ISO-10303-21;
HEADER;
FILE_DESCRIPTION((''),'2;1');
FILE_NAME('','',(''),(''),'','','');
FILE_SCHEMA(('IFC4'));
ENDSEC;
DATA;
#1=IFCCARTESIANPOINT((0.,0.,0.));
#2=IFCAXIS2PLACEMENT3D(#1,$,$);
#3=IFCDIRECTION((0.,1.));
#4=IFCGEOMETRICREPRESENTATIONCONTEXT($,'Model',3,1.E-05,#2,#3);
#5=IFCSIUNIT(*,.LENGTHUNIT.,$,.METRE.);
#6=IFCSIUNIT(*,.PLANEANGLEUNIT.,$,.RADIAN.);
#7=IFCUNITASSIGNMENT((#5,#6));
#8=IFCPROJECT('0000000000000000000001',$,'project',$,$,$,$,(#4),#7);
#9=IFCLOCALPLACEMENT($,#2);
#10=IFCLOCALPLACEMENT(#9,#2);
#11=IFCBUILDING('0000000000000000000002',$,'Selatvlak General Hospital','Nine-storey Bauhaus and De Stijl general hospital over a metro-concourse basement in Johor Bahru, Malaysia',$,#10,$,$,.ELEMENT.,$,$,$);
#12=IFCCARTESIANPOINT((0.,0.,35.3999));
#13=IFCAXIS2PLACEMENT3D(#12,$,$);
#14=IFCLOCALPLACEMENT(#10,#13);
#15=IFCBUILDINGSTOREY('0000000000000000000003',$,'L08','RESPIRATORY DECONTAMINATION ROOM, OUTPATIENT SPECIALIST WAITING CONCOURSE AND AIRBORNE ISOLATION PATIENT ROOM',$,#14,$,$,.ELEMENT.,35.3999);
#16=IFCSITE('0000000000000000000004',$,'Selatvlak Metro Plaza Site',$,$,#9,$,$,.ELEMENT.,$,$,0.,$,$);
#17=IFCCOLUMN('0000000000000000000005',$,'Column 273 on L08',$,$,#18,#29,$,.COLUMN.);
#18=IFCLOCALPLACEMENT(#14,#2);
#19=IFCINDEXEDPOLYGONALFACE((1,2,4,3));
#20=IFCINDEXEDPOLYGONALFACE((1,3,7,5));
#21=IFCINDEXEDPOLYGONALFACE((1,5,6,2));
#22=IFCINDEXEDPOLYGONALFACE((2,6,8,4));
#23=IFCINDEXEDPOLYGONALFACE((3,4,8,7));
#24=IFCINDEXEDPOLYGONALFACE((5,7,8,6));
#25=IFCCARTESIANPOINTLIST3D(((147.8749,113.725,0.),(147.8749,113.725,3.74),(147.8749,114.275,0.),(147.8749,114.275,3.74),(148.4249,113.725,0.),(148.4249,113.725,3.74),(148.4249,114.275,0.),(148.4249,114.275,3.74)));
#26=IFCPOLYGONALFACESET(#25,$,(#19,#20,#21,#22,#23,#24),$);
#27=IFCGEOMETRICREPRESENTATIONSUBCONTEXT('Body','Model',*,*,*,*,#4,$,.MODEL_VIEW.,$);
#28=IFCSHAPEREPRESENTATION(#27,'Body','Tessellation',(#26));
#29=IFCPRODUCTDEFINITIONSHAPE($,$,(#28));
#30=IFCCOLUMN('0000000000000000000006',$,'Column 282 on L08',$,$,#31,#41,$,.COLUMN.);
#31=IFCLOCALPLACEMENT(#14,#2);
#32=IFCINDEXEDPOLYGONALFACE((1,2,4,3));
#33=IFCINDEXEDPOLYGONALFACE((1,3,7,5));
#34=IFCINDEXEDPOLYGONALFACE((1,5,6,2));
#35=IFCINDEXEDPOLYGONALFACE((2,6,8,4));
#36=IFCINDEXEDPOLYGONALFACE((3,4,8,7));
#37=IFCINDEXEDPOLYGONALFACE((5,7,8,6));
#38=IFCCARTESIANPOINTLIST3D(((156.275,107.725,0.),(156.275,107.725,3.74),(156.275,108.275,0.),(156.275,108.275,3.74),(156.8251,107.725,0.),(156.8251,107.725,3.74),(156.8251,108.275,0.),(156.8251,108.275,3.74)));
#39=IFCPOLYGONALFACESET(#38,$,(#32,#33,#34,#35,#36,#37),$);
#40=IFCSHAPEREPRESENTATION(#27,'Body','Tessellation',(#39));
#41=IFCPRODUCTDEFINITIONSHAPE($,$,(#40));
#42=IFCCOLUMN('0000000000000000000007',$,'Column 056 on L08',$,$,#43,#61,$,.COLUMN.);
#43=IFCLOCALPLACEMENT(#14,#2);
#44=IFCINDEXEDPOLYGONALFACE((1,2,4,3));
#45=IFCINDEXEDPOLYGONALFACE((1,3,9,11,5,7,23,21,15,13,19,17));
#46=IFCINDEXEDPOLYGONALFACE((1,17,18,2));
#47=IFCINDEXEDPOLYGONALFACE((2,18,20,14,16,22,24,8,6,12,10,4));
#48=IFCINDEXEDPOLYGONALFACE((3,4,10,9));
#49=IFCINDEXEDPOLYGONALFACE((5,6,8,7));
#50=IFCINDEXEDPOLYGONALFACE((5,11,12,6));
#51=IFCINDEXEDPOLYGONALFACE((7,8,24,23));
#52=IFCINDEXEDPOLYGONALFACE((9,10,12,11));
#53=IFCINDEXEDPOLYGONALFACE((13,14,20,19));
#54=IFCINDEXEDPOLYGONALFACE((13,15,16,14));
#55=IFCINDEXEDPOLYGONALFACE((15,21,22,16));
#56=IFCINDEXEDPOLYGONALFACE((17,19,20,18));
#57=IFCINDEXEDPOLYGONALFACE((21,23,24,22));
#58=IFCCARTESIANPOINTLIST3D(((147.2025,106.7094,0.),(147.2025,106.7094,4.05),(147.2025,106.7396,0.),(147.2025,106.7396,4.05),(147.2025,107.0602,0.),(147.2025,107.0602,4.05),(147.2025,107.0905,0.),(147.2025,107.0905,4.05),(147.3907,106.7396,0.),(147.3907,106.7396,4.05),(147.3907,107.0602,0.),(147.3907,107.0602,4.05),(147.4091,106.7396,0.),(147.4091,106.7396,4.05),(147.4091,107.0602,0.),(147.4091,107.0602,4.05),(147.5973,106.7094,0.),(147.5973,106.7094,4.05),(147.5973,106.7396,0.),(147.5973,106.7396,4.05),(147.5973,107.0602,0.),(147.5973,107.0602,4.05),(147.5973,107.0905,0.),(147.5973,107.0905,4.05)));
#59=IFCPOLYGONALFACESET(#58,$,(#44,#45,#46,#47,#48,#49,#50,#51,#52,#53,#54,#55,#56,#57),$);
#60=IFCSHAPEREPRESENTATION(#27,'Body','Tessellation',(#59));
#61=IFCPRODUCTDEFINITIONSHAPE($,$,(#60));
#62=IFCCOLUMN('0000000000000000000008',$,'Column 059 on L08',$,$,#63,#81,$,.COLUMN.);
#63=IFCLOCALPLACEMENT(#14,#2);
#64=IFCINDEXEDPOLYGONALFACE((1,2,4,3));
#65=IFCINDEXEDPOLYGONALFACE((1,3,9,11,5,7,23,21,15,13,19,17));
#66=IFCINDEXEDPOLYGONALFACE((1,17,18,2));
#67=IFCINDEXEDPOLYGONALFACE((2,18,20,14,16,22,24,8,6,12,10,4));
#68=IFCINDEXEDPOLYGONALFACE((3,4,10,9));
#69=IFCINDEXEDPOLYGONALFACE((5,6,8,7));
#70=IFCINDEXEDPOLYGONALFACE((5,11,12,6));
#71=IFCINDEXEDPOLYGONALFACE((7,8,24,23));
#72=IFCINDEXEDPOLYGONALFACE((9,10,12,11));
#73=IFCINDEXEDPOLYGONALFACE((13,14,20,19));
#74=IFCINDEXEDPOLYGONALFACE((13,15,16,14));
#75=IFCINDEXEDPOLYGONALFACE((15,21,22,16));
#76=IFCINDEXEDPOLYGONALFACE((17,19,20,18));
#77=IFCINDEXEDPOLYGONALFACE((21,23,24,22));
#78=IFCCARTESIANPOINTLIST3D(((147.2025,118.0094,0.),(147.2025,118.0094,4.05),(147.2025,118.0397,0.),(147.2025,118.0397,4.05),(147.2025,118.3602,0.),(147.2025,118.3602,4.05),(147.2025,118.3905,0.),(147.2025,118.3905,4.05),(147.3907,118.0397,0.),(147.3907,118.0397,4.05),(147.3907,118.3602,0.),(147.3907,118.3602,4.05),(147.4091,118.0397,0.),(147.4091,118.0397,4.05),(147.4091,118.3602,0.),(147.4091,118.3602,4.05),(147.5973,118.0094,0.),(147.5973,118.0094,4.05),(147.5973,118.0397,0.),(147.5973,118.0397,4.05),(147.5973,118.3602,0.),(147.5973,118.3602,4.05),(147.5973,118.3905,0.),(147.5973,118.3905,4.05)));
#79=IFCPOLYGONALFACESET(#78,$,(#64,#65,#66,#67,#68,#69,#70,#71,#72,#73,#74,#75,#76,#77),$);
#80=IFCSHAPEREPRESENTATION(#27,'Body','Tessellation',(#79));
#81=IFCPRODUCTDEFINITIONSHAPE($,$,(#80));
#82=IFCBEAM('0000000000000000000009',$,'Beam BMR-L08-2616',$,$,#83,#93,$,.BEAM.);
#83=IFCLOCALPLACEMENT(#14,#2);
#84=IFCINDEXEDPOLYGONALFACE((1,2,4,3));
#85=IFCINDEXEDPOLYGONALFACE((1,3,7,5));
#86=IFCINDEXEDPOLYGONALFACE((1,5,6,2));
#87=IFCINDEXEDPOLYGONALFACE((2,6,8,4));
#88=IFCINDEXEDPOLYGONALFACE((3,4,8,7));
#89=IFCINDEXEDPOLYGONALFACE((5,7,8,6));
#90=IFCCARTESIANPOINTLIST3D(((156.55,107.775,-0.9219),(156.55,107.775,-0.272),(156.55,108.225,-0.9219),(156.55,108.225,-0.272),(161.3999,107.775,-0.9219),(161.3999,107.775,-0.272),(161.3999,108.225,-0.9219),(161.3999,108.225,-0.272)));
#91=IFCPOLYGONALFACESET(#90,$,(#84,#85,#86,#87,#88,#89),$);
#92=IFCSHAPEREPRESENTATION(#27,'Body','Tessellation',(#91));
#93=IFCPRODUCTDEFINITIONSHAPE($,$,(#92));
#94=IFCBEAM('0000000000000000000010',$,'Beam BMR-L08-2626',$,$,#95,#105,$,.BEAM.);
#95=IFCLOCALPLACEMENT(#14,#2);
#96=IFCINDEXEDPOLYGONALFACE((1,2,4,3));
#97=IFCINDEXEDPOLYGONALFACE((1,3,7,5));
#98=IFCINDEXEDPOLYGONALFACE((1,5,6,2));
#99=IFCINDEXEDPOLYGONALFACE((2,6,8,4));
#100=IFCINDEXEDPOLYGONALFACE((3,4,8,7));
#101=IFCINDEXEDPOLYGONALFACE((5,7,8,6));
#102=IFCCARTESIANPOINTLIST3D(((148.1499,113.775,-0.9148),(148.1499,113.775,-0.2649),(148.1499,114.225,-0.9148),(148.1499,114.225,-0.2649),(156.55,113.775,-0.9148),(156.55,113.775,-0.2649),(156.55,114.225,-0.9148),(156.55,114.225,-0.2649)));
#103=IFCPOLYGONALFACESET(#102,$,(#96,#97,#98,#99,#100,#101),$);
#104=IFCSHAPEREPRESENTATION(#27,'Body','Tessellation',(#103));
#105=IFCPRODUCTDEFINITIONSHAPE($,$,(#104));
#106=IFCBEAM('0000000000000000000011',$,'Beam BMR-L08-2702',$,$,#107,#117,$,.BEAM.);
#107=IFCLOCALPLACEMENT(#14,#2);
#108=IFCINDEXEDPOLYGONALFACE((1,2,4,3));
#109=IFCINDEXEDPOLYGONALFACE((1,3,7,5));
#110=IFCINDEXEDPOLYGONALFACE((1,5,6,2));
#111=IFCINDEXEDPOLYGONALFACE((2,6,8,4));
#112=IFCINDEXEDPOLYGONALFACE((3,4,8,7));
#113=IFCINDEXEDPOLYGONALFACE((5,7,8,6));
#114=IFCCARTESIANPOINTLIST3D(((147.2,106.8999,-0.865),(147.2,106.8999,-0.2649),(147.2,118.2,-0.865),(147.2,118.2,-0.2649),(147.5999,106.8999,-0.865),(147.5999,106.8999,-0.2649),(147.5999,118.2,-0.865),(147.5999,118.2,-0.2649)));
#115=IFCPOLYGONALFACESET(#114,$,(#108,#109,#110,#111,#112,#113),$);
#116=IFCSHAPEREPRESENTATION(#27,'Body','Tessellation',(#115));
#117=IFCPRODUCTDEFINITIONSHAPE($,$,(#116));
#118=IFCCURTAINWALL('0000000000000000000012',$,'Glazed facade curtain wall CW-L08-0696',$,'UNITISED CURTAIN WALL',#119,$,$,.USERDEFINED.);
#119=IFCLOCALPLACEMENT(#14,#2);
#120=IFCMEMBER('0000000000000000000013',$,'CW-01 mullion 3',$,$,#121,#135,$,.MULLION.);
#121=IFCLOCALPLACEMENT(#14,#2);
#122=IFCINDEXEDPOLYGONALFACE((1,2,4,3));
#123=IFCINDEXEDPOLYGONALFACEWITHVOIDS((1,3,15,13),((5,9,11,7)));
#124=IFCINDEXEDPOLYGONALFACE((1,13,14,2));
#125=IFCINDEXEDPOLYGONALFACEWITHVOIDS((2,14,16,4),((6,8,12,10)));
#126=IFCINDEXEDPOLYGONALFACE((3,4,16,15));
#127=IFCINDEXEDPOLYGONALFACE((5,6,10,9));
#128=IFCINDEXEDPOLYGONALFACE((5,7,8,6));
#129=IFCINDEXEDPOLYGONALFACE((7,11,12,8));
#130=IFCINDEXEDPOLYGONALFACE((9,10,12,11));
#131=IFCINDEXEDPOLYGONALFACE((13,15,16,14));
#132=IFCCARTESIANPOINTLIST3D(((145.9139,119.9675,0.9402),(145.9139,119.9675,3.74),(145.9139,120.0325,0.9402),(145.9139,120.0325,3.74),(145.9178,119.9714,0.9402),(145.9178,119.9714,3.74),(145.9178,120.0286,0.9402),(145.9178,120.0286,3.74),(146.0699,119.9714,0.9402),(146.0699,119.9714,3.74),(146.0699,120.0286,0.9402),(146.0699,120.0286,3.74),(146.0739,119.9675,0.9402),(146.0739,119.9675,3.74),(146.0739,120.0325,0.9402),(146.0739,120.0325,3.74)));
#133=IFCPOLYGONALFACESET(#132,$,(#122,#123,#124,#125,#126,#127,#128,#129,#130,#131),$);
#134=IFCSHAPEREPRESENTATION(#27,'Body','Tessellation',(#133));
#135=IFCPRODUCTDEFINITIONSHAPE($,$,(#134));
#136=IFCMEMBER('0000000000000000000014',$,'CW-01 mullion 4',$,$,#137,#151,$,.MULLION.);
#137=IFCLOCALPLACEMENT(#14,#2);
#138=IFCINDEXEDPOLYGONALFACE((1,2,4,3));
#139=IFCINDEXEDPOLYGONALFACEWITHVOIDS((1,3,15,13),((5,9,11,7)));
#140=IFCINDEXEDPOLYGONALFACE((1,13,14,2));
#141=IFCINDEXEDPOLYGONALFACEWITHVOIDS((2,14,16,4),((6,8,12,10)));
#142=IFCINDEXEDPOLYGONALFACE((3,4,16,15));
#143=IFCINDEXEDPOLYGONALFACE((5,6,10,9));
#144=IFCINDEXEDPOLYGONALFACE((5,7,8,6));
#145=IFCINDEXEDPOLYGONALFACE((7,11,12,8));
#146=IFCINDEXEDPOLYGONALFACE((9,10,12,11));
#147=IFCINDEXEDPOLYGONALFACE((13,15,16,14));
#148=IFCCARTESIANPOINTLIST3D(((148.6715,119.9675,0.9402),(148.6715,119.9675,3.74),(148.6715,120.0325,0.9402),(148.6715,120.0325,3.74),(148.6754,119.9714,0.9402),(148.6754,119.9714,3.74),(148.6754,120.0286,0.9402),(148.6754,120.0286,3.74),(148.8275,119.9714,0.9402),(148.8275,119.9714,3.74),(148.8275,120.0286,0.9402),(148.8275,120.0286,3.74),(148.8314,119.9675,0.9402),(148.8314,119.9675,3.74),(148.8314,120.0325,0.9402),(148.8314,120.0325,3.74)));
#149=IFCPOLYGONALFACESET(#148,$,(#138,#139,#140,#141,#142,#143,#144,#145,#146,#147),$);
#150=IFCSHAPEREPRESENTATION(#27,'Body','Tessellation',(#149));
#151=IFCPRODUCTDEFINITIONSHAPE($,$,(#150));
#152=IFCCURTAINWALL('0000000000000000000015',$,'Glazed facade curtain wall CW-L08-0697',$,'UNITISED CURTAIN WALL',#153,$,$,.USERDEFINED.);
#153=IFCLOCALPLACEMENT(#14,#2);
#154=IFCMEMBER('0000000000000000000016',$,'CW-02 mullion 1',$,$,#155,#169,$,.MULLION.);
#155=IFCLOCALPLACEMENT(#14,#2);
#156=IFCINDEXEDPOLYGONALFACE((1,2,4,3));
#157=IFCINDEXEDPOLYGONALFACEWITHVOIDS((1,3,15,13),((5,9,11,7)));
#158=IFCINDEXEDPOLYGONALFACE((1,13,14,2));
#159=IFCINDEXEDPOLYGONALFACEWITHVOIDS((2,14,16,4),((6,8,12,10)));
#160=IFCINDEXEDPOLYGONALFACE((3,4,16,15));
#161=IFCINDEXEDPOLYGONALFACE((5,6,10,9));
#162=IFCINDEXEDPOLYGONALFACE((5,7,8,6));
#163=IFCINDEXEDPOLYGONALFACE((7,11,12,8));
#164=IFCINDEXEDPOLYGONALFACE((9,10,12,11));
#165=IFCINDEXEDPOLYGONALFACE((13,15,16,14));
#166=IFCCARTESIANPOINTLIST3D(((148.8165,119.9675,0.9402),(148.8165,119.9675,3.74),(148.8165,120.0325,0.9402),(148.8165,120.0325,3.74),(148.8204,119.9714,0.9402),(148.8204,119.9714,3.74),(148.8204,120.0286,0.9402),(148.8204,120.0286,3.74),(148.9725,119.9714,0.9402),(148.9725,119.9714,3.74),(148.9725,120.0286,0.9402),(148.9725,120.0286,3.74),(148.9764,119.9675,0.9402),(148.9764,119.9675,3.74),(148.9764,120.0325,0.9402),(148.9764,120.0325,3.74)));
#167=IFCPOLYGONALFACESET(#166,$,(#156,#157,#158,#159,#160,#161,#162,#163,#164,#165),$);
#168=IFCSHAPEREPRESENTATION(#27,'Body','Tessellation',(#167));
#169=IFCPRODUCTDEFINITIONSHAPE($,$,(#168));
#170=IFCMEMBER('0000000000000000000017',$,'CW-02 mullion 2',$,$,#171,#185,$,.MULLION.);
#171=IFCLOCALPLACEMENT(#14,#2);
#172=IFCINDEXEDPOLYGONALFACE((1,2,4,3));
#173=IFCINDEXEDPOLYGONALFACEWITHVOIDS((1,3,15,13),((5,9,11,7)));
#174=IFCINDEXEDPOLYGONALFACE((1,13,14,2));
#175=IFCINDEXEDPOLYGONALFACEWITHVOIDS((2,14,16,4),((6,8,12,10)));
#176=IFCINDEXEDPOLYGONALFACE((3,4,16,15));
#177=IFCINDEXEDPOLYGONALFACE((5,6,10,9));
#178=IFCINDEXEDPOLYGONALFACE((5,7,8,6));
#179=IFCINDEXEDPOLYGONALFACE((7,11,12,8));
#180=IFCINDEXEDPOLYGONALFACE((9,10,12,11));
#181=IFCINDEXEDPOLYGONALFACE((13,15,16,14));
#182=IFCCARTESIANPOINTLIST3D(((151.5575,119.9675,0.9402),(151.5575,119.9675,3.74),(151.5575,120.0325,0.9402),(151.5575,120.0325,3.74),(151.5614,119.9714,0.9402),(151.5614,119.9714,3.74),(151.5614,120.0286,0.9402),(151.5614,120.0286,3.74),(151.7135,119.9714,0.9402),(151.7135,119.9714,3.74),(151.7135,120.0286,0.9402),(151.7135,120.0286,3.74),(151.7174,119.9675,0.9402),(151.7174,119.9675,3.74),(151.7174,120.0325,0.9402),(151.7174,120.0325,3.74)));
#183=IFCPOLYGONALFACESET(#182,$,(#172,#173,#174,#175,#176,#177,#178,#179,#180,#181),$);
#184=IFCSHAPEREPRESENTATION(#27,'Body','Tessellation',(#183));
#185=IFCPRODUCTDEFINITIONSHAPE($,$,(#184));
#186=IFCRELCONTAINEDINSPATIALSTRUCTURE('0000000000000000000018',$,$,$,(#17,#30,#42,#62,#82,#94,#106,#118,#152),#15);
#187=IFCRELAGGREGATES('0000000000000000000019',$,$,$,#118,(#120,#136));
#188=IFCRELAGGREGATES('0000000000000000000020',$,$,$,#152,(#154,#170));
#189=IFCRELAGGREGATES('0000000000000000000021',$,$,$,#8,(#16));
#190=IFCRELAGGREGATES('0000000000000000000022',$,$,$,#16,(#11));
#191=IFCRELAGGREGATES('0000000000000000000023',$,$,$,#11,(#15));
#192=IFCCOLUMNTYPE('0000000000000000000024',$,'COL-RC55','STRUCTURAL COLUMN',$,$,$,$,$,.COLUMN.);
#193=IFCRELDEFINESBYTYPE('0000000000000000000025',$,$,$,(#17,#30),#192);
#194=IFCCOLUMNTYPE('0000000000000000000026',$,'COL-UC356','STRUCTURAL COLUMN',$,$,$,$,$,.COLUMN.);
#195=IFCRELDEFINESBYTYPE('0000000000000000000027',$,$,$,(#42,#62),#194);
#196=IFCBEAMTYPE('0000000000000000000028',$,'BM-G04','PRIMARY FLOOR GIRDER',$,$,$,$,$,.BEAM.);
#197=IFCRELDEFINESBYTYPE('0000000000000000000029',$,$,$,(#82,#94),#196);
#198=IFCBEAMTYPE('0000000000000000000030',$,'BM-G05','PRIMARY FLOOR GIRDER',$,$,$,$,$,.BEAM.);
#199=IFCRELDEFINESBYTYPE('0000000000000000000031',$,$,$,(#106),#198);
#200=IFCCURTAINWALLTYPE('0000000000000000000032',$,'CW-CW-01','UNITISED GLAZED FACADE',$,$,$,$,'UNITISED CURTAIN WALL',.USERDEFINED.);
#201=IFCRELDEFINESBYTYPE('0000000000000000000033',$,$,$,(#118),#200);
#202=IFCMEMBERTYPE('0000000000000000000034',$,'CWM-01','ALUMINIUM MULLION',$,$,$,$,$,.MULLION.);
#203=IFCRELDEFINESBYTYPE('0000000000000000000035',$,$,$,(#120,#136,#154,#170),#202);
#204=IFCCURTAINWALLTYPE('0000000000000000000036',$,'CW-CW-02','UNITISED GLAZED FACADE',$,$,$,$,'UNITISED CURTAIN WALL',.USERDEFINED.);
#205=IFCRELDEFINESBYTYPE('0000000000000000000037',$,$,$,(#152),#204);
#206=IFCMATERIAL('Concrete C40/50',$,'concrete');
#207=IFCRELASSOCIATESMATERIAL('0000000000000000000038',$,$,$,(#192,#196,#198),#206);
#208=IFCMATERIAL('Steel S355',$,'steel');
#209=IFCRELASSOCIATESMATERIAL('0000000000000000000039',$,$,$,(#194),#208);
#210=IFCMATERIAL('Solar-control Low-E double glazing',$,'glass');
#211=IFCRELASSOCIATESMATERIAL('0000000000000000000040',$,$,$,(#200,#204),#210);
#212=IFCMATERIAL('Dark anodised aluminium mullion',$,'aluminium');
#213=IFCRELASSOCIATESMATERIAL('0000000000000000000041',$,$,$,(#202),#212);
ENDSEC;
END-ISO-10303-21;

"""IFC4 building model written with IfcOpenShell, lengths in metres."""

from ifc_helpers import new_model, si_unit, direction, frame, origin, origin_2d, place, context, subcontext, project, spatial, rectangle, hollow_rectangle, i_section, extrude, material, material_profile, profile_set, type_object, element, aggregate, save


model = new_model("IFC4")

# Units and contexts
model_context = context("Model", 3, precision=1e-05, world=origin(), true_north=direction((0.0, 1.0)))
body_context = subcontext(model_context, "Body", "Model", "MODEL_VIEW")
ifc_project = project(units=[si_unit("LENGTHUNIT", "METRE"), si_unit("PLANEANGLEUNIT", "RADIAN")], contexts=[model_context])

# Site, building, storey
site_placement = place(None, origin())
site = spatial("IfcSite", under=ifc_project, at=site_placement, Name="Selatvlak Metro Plaza Site", CompositionType="ELEMENT", RefElevation=0.0)
building_placement = place(site_placement, origin())
building = spatial("IfcBuilding", under=site, at=building_placement, Name="Selatvlak General Hospital", Description="Nine-storey Bauhaus and De Stijl general hospital over a metro-concourse basement in Johor Bahru, Malaysia", CompositionType="ELEMENT")
storey_placement = place(building_placement, frame((0.0, 0.0, 35.3999)))
storey = spatial("IfcBuildingStorey", under=building, at=storey_placement, Name="L08", Description="RESPIRATORY DECONTAMINATION ROOM, OUTPATIENT SPECIALIST WAITING CONCOURSE AND AIRBORNE ISOLATION PATIENT ROOM", CompositionType="ELEMENT", Elevation=35.3999)

# Columns
ifc_material_1 = material(Name="Concrete C40/50", Category="concrete")
ifc_material_profile_1 = material_profile(ifc_material_1, rectangle(XDim=0.55, YDim=0.55, at=origin_2d()), Name="RC-COL 550x550")
ifc_profile_set_1 = profile_set([ifc_material_profile_1], Name="Concrete C40/50")
column_type_1 = type_object("IfcColumnType", Name="COL-RC55", Description="STRUCTURAL COLUMN", PredefinedType="COLUMN", material=ifc_profile_set_1)
for number, where, z_axis, x_axis, name in (
    (1, (148.1499, 114.0, 0.0), (0.0, 0.0, 1.0), (1.0, 0.0, 0.0), "Column 273 on L08"),
    (2, (156.55, 108.0, 0.0), (0.0, 0.0, 1.0), (1.0, 0.0, 0.0), "Column 282 on L08"),
):
    element("IfcColumn", number, at=place(storey_placement, frame(where, z_axis=z_axis, x_axis=x_axis)), inside=storey, type_object=column_type_1, Name=name, PredefinedType="COLUMN", context=body_context, shape_type="SweptSolid", body=[
        extrude(rectangle(XDim=0.55, YDim=0.55, at=origin_2d()), origin(), (0.0, 0.0, 1.0), 3.74),
    ])
ifc_material_2 = material(Name="Steel S355", Category="steel")
ifc_material_profile_2 = material_profile(ifc_material_2, i_section(OverallWidth=0.3948, OverallDepth=0.3811, WebThickness=0.0183, FlangeThickness=0.0303, at=origin_2d()), Name="UC 356x406x235")
ifc_profile_set_2 = profile_set([ifc_material_profile_2], Name="Steel S355")
column_type_2 = type_object("IfcColumnType", Name="COL-UC356", Description="STRUCTURAL COLUMN", PredefinedType="COLUMN", material=ifc_profile_set_2)
for number, where, z_axis, x_axis, name in (
    (3, (147.3999, 106.8999, 0.0), (0.0, 0.0, 1.0), (1.0, 0.0, 0.0), "Column 056 on L08"),
    (4, (147.3999, 118.2, 0.0), (0.0, 0.0, 1.0), (1.0, 0.0, 0.0), "Column 059 on L08"),
):
    element("IfcColumn", number, at=place(storey_placement, frame(where, z_axis=z_axis, x_axis=x_axis)), inside=storey, type_object=column_type_2, Name=name, PredefinedType="COLUMN", context=body_context, shape_type="SweptSolid", body=[
        extrude(i_section(OverallWidth=0.3948, OverallDepth=0.3811, WebThickness=0.0183, FlangeThickness=0.0303, at=origin_2d()), origin(), (0.0, 0.0, 1.0), 4.05),
    ])

# Beams
ifc_material_profile_3 = material_profile(ifc_material_1, rectangle(XDim=0.45, YDim=0.6499, at=origin_2d()), Name="RC-BM 450x650")
ifc_profile_set_3 = profile_set([ifc_material_profile_3], Name="Concrete C40/50")
beam_type_1 = type_object("IfcBeamType", Name="BM-G04", Description="PRIMARY FLOOR GIRDER", PredefinedType="BEAM", material=ifc_profile_set_3)
beam_1_placement = place(storey_placement, frame((156.55, 108.0, -0.5969), z_axis=(1.0, 0.0, 0.0), x_axis=(0.0, 1.0, 0.0)))
element("IfcBeam", 5, at=beam_1_placement, inside=storey, type_object=beam_type_1, Name="Beam BMR-L08-2616", PredefinedType="BEAM", context=body_context, shape_type="SweptSolid", body=[
    extrude(rectangle(XDim=0.45, YDim=0.6499, at=origin_2d()), origin(), (0.0, 0.0, 1.0), 4.8499),
])
beam_2_placement = place(storey_placement, frame((148.1499, 114.0, -0.5898), z_axis=(1.0, 0.0, 0.0), x_axis=(0.0, 1.0, 0.0)))
element("IfcBeam", 6, at=beam_2_placement, inside=storey, type_object=beam_type_1, Name="Beam BMR-L08-2626", PredefinedType="BEAM", context=body_context, shape_type="SweptSolid", body=[
    extrude(rectangle(XDim=0.45, YDim=0.6499, at=origin_2d()), origin(), (0.0, 0.0, 1.0), 8.4001),
])
ifc_material_profile_4 = material_profile(ifc_material_1, rectangle(XDim=0.3999, YDim=0.6001, at=origin_2d()), Name="RC-BM 400x600")
ifc_profile_set_4 = profile_set([ifc_material_profile_4], Name="Concrete C40/50")
beam_type_2 = type_object("IfcBeamType", Name="BM-G05", Description="PRIMARY FLOOR GIRDER", PredefinedType="BEAM", material=ifc_profile_set_4)
beam_3_placement = place(storey_placement, frame((147.3999, 106.8999, -0.5649), z_axis=(0.0, 1.0, 0.0), x_axis=(-1.0, 0.0, 0.0)))
element("IfcBeam", 7, at=beam_3_placement, inside=storey, type_object=beam_type_2, Name="Beam BMR-L08-2702", PredefinedType="BEAM", context=body_context, shape_type="SweptSolid", body=[
    extrude(rectangle(XDim=0.3999, YDim=0.6001, at=origin_2d()), origin(), (0.0, 0.0, 1.0), 11.3),
])

# Curtain walls, members
ifc_material_3 = material(Name="Solar-control Low-E double glazing", Category="glass")
curtain_wall_type_1 = type_object("IfcCurtainWallType", Name="CW-CW-01", Description="UNITISED GLAZED FACADE", ElementType="UNITISED CURTAIN WALL", PredefinedType="USERDEFINED", material=ifc_material_3)
curtain_wall_1_placement = place(storey_placement, origin())
curtain_wall_1 = element("IfcCurtainWall", 8, at=curtain_wall_1_placement, inside=storey, type_object=curtain_wall_type_1, Name="Glazed facade curtain wall CW-L08-0696", ObjectType="UNITISED CURTAIN WALL", PredefinedType="USERDEFINED")
ifc_material_4 = material(Name="Dark anodised aluminium mullion", Category="aluminium")
ifc_material_profile_5 = material_profile(ifc_material_4, hollow_rectangle(XDim=0.0649, YDim=0.1599, WallThickness=0.0039, at=origin_2d()), Name="AL-MUL 65x160x4")
ifc_profile_set_5 = profile_set([ifc_material_profile_5], Name="Dark anodised aluminium mullion")
member_type_1 = type_object("IfcMemberType", Name="CWM-01", Description="ALUMINIUM MULLION", PredefinedType="MULLION", material=ifc_profile_set_5)
member_1_placement = place(storey_placement, frame((145.9939, 120.0, 0.9402), z_axis=(0.0, 0.0, 1.0), x_axis=(0.0, 1.0, 0.0)))
member_1 = element("IfcMember", 9, at=member_1_placement, type_object=member_type_1, Name="CW-01 mullion 3", PredefinedType="MULLION", context=body_context, shape_type="SweptSolid", body=[
    extrude(hollow_rectangle(XDim=0.0649, YDim=0.1599, WallThickness=0.0039, at=origin_2d()), origin(), (0.0, 0.0, 1.0), 2.7998),
])
member_2_placement = place(storey_placement, frame((148.7515, 120.0, 0.9402), z_axis=(0.0, 0.0, 1.0), x_axis=(0.0, 1.0, 0.0)))
member_2 = element("IfcMember", 10, at=member_2_placement, type_object=member_type_1, Name="CW-01 mullion 4", PredefinedType="MULLION", context=body_context, shape_type="SweptSolid", body=[
    extrude(hollow_rectangle(XDim=0.0649, YDim=0.1599, WallThickness=0.0039, at=origin_2d()), origin(), (0.0, 0.0, 1.0), 2.7998),
])
curtain_wall_type_2 = type_object("IfcCurtainWallType", Name="CW-CW-02", Description="UNITISED GLAZED FACADE", ElementType="UNITISED CURTAIN WALL", PredefinedType="USERDEFINED", material=ifc_material_3)
curtain_wall_2_placement = place(storey_placement, origin())
curtain_wall_2 = element("IfcCurtainWall", 11, at=curtain_wall_2_placement, inside=storey, type_object=curtain_wall_type_2, Name="Glazed facade curtain wall CW-L08-0697", ObjectType="UNITISED CURTAIN WALL", PredefinedType="USERDEFINED")
member_3_placement = place(storey_placement, frame((148.8965, 120.0, 0.9402), z_axis=(0.0, 0.0, 1.0), x_axis=(0.0, 1.0, 0.0)))
member_3 = element("IfcMember", 12, at=member_3_placement, type_object=member_type_1, Name="CW-02 mullion 1", PredefinedType="MULLION", context=body_context, shape_type="SweptSolid", body=[
    extrude(hollow_rectangle(XDim=0.0649, YDim=0.1599, WallThickness=0.0039, at=origin_2d()), origin(), (0.0, 0.0, 1.0), 2.7998),
])
member_4_placement = place(storey_placement, frame((151.6375, 120.0, 0.9402), z_axis=(0.0, 0.0, 1.0), x_axis=(0.0, 1.0, 0.0)))
member_4 = element("IfcMember", 13, at=member_4_placement, type_object=member_type_1, Name="CW-02 mullion 2", PredefinedType="MULLION", context=body_context, shape_type="SweptSolid", body=[
    extrude(hollow_rectangle(XDim=0.0649, YDim=0.1599, WallThickness=0.0039, at=origin_2d()), origin(), (0.0, 0.0, 1.0), 2.7998),
])

aggregate(curtain_wall_1, [member_1, member_2])
aggregate(curtain_wall_2, [member_3, member_4])

save(model, "model.ifc")
